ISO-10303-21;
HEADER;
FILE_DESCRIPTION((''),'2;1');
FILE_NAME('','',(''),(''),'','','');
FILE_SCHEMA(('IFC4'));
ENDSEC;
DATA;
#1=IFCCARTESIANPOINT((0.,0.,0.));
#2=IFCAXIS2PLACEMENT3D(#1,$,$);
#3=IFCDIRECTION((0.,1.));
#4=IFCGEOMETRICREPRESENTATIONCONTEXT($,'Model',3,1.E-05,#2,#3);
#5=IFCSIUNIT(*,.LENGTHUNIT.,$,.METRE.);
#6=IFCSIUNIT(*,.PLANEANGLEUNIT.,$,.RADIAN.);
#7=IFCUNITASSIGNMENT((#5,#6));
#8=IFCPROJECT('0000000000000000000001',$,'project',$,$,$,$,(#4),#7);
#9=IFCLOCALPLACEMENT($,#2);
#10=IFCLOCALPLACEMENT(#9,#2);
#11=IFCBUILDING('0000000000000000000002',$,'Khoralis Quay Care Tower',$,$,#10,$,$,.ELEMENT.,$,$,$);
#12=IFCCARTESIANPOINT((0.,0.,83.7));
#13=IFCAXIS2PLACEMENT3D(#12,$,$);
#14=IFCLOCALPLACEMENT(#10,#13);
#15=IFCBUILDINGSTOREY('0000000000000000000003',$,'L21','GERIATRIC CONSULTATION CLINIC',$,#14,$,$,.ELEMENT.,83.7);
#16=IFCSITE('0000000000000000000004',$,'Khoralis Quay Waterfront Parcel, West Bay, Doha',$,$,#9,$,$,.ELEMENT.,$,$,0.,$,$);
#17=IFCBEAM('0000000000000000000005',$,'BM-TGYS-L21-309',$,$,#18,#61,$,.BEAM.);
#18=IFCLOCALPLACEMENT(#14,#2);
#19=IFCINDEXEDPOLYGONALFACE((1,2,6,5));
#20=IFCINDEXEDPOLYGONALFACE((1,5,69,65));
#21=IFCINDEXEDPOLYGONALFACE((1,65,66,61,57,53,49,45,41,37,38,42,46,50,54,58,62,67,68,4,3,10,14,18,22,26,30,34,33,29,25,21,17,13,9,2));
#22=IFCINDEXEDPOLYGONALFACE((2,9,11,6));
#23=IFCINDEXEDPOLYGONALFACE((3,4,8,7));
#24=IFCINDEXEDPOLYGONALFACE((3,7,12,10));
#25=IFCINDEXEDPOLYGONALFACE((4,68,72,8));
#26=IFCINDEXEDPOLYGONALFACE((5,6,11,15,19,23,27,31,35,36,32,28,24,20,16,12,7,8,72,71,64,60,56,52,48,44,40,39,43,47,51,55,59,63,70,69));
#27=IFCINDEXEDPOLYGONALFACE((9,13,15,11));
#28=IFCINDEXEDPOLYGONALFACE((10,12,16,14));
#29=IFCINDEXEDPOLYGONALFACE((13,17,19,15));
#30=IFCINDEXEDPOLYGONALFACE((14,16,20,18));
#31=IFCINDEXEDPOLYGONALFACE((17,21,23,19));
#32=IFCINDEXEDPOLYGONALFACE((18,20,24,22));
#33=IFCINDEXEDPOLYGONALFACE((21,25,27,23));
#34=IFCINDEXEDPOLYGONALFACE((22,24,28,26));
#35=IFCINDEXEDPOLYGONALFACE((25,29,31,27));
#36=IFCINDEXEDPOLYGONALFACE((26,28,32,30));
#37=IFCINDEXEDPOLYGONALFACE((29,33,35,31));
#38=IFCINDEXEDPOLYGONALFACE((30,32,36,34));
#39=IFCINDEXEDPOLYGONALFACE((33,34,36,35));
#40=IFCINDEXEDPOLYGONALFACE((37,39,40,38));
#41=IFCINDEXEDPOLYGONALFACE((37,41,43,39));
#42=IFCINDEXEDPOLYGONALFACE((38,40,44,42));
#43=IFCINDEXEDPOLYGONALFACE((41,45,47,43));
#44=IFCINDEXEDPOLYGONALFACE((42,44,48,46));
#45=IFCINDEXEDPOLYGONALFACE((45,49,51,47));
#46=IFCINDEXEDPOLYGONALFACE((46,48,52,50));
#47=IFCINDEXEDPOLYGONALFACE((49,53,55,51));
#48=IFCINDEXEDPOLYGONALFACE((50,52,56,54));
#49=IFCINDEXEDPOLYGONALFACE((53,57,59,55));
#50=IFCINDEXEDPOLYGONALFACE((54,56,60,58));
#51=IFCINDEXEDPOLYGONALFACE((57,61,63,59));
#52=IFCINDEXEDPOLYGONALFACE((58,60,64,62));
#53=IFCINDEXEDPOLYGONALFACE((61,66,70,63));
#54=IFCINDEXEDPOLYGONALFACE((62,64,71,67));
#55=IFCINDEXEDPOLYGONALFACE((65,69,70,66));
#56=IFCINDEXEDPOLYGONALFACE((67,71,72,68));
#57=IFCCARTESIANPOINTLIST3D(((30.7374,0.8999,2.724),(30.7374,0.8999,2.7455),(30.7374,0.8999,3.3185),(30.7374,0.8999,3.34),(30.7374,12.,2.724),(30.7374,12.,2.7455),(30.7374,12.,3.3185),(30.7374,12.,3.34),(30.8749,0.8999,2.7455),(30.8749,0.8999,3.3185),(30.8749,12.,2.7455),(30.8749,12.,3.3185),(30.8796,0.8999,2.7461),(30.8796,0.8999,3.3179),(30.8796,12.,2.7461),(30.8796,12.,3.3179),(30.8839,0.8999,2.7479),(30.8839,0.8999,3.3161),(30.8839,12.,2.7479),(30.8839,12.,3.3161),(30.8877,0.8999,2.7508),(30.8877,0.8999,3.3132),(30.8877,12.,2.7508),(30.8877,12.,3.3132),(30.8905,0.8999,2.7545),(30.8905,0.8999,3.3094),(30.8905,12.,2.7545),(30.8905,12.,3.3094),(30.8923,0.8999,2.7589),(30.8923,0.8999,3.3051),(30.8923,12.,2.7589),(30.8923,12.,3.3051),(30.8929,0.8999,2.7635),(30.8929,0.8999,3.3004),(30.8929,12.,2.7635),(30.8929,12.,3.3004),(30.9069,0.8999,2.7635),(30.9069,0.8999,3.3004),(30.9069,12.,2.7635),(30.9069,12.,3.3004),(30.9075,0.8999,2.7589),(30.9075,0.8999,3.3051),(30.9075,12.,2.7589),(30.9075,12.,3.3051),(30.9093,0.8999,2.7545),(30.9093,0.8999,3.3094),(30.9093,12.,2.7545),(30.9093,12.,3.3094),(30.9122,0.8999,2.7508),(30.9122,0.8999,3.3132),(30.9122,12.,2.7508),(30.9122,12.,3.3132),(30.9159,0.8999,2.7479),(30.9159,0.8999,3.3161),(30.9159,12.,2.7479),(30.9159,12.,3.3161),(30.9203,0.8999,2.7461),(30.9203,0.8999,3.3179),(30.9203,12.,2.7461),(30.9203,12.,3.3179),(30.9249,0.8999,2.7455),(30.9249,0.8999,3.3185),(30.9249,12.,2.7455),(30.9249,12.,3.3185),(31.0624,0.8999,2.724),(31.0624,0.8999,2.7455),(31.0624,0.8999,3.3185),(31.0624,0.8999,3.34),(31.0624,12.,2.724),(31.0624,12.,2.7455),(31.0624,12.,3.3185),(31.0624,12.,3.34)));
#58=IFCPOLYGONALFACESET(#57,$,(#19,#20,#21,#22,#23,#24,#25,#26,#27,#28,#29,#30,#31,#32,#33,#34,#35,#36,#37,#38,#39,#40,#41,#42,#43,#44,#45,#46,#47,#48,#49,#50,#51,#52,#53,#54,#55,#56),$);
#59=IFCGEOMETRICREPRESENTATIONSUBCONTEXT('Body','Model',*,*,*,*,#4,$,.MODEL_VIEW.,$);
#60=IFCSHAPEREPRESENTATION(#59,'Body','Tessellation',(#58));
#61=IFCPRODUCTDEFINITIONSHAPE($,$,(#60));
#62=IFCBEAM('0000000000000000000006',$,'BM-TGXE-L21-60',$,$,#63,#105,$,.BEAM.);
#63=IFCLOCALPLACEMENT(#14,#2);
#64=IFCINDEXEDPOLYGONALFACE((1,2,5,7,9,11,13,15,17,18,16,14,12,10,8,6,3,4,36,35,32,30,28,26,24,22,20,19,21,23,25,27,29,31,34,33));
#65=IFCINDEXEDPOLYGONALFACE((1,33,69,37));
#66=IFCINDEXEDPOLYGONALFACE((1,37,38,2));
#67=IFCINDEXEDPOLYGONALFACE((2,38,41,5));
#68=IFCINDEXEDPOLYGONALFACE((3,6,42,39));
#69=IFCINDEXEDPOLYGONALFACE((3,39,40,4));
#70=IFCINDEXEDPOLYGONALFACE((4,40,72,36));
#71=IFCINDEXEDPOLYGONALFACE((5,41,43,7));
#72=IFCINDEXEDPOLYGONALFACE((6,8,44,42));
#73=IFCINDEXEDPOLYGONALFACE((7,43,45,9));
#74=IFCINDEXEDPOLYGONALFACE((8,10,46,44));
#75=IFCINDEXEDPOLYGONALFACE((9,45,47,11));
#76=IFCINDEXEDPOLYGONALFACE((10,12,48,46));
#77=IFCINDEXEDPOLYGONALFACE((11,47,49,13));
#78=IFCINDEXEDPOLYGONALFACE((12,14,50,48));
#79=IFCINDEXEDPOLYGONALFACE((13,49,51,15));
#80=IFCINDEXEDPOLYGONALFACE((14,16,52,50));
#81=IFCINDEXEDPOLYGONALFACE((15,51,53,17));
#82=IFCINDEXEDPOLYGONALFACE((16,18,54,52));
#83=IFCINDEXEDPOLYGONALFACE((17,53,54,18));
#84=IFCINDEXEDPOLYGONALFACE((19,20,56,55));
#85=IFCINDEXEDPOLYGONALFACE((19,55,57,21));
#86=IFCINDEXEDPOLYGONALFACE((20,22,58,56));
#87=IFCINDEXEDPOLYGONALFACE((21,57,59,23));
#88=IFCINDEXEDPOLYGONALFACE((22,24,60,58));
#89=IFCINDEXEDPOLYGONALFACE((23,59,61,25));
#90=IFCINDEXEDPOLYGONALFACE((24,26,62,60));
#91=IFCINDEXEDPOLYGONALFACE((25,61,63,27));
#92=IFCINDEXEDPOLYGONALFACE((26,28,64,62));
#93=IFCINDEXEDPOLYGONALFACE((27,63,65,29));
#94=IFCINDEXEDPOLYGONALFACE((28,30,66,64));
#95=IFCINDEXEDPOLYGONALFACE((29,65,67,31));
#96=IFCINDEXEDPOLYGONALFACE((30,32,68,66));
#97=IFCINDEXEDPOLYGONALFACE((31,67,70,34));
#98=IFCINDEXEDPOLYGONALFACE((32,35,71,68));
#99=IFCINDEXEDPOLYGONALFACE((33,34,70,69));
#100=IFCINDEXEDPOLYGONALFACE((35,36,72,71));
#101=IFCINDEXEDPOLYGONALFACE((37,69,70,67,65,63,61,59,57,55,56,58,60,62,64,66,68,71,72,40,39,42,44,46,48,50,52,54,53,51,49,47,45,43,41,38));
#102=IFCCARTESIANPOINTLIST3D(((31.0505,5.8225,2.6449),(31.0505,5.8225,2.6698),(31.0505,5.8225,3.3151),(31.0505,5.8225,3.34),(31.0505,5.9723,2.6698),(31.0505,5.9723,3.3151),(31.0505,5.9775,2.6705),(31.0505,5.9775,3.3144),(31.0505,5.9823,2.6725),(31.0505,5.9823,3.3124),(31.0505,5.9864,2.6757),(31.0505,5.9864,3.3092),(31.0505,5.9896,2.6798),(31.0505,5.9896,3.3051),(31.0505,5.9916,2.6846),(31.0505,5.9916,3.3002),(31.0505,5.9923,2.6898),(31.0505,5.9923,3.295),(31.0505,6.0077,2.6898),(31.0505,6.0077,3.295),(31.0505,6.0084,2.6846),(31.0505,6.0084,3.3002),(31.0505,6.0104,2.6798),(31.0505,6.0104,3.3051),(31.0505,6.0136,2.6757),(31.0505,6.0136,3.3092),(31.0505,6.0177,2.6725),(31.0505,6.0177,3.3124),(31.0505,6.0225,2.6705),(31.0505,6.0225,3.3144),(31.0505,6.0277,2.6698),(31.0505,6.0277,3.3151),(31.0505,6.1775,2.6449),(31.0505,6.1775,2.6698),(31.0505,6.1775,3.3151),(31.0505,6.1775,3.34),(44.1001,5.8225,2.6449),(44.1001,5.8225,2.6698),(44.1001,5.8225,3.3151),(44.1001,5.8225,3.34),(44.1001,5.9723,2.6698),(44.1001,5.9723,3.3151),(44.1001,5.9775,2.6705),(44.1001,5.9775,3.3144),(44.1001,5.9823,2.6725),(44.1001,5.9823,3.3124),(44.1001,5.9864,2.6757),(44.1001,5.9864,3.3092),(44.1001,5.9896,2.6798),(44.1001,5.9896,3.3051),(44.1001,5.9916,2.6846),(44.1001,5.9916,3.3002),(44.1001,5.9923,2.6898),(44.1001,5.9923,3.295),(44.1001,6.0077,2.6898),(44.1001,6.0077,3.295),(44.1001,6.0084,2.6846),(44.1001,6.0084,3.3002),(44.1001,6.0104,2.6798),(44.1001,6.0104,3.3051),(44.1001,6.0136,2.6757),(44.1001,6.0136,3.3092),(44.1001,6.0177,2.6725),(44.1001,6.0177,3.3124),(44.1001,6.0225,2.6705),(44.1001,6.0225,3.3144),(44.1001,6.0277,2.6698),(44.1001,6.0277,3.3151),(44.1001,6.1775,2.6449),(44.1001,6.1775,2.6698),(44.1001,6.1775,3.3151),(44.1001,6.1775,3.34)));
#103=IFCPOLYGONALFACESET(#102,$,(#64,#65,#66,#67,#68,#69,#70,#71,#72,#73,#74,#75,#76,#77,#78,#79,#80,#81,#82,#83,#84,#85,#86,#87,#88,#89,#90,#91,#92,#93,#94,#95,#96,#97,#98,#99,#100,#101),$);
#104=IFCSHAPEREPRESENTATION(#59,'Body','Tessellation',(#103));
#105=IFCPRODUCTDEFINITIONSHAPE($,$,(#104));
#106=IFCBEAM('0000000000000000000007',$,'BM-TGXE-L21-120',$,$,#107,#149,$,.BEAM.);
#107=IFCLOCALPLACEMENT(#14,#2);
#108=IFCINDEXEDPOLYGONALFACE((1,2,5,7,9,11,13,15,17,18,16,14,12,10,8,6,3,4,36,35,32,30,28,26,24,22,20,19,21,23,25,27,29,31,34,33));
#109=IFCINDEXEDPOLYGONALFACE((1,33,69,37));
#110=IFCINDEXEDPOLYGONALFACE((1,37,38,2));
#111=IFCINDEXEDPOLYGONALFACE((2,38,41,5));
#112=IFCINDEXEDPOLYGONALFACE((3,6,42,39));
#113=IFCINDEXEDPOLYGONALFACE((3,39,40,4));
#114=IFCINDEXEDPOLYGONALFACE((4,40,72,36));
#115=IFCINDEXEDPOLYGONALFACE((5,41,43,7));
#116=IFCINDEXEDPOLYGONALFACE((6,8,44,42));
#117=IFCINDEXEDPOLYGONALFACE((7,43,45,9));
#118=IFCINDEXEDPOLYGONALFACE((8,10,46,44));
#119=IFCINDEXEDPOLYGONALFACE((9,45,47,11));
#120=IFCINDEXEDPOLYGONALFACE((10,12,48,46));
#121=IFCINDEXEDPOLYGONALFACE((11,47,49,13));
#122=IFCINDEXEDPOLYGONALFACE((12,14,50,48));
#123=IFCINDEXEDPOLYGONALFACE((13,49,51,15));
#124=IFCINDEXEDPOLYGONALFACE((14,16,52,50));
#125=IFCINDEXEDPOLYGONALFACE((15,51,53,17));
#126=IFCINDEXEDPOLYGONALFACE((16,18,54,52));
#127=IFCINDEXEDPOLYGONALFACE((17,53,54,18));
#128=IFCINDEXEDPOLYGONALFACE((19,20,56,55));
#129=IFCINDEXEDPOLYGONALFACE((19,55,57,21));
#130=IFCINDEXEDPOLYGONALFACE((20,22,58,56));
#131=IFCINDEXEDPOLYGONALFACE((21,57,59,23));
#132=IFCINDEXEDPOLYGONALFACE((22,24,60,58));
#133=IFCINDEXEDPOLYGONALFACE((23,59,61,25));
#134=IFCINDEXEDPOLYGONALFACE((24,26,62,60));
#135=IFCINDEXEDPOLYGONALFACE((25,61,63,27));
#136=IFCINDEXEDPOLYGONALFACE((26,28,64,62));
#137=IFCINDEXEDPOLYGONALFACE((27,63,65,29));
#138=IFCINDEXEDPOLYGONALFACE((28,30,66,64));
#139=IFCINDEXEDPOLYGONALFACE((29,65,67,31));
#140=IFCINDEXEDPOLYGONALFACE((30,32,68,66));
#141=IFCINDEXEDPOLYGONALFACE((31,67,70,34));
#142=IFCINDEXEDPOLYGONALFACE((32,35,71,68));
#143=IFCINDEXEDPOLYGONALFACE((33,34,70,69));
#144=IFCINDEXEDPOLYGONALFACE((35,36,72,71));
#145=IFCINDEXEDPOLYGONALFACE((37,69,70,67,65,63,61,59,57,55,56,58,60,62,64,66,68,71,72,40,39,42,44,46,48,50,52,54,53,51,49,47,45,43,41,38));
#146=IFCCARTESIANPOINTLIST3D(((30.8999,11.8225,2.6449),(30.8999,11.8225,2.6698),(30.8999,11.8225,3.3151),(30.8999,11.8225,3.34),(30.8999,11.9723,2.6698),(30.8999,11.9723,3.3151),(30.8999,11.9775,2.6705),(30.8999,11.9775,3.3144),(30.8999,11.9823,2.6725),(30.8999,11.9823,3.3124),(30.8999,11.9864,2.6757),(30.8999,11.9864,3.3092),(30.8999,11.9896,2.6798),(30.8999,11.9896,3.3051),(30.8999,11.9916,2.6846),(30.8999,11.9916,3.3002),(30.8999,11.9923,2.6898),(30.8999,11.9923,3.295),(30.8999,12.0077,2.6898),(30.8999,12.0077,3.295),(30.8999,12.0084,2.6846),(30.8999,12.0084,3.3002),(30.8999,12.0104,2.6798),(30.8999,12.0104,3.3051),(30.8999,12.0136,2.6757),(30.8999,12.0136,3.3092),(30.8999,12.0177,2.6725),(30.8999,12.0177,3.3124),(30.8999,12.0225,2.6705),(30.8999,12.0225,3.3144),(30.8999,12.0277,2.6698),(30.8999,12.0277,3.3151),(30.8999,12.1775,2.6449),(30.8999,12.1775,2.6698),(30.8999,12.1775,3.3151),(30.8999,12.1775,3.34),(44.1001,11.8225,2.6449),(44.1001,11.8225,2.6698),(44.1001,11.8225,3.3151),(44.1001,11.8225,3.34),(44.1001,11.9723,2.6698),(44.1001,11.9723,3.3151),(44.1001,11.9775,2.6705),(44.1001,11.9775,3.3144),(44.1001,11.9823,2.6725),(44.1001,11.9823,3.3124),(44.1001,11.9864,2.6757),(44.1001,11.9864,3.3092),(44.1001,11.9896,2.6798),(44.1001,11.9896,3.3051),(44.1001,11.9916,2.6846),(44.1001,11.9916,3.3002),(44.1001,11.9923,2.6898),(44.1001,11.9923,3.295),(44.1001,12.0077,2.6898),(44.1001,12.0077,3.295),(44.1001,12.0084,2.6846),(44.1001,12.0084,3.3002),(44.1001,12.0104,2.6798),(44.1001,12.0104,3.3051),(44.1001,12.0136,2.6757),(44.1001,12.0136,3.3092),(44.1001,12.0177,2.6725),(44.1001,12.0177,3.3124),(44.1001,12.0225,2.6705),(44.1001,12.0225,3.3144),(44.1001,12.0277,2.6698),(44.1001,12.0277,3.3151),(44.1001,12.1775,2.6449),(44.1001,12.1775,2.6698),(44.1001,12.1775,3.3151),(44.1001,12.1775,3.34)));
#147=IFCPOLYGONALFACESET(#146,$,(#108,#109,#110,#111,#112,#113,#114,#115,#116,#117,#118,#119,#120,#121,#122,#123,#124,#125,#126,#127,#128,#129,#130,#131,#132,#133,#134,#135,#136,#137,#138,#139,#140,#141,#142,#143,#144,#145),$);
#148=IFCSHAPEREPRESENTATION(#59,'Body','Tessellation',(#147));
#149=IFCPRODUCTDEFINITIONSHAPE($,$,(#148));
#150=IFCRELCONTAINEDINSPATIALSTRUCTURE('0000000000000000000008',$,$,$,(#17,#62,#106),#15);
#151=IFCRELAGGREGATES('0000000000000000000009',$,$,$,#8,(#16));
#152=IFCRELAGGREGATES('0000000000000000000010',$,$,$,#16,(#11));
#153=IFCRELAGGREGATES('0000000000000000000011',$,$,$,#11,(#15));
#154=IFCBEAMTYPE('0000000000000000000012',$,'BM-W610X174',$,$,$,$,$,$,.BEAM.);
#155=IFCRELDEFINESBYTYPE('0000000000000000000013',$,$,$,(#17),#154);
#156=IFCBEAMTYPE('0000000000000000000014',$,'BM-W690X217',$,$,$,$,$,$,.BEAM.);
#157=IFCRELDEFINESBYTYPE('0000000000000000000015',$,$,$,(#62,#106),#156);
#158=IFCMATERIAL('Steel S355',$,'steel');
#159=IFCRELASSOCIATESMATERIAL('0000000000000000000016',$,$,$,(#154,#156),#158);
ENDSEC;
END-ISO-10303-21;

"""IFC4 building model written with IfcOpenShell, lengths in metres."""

from ifc_helpers import new_model, si_unit, direction, frame, origin, origin_2d, place, context, subcontext, project, spatial, i_section, extrude, source, transform, mapped, material, material_profile, profile_set, type_object, element, save


model = new_model("IFC4")

# Units and contexts
model_context = context("Model", 3, precision=1e-05, world=origin(), true_north=direction((0.0, 1.0)))
body_context = subcontext(model_context, "Body", "Model", "MODEL_VIEW")
ifc_project = project(units=[si_unit("LENGTHUNIT", "METRE"), si_unit("PLANEANGLEUNIT", "RADIAN")], contexts=[model_context])

# Site, building, storey
site_placement = place(None, origin())
site = spatial("IfcSite", under=ifc_project, at=site_placement, Name="Khoralis Quay Waterfront Parcel, West Bay, Doha", CompositionType="ELEMENT", RefElevation=0.0)
building_placement = place(site_placement, origin())
building = spatial("IfcBuilding", under=site, at=building_placement, Name="Khoralis Quay Care Tower", CompositionType="ELEMENT")
storey_placement = place(building_placement, frame((0.0, 0.0, 83.7)))
storey = spatial("IfcBuildingStorey", under=building, at=storey_placement, Name="L21", Description="GERIATRIC CONSULTATION CLINIC", CompositionType="ELEMENT", Elevation=83.7)

# Beams
ifc_material_1 = material(Name="Steel S355", Category="steel")
ifc_material_profile_1 = material_profile(ifc_material_1, i_section(OverallWidth=0.325, OverallDepth=0.616, WebThickness=0.0139, FlangeThickness=0.0215, FilletRadius=0.0181, at=origin_2d()), Name="Steel S355")
ifc_profile_set_1 = profile_set([ifc_material_profile_1], Name="Steel S355")
beam_type_1 = type_object("IfcBeamType", Name="BM-W610X174", PredefinedType="BEAM", material=ifc_profile_set_1)
shared_shape_1 = source(origin(), body_context, "Body", "SweptSolid", [
    extrude(i_section(OverallWidth=0.325, OverallDepth=0.616, WebThickness=0.0139, FlangeThickness=0.0215, FilletRadius=0.0181, at=origin_2d()), origin(), (0.0, 0.0, 1.0), 11.1001),
])
for number, where, z_axis, x_axis, name in (
    (1, (30.8999, 0.8999, 3.032), (0.0, 1.0, 0.0), (-1.0, 0.0, 0.0), "BM-TGYS-L21-309"),
):
    element("IfcBeam", number, at=place(storey_placement, frame(where, z_axis=z_axis, x_axis=x_axis)), inside=storey, type_object=beam_type_1, Name=name, PredefinedType="BEAM", context=body_context, shape_type="MappedRepresentation", body=[
        mapped(shared_shape_1, transform((0.0, 0.0, 0.0), scale=1.0)),
    ])
ifc_material_profile_2 = material_profile(ifc_material_1, i_section(OverallWidth=0.355, OverallDepth=0.6951, WebThickness=0.0154, FlangeThickness=0.0249, FilletRadius=0.02, at=origin_2d()), Name="Steel S355")
ifc_profile_set_2 = profile_set([ifc_material_profile_2], Name="Steel S355")
beam_type_2 = type_object("IfcBeamType", Name="BM-W690X217", PredefinedType="BEAM", material=ifc_profile_set_2)
shared_shape_2 = source(origin(), body_context, "Body", "SweptSolid", [
    extrude(i_section(OverallWidth=0.355, OverallDepth=0.6951, WebThickness=0.0154, FlangeThickness=0.0249, FilletRadius=0.02, at=origin_2d()), origin(), (0.0, 0.0, 1.0), 13.0496),
])
beam_1_placement = place(storey_placement, frame((31.0505, 6.0, 2.9924), z_axis=(1.0, 0.0, 0.0), x_axis=(0.0, 1.0, 0.0)))
element("IfcBeam", 2, at=beam_1_placement, inside=storey, type_object=beam_type_2, Name="BM-TGXE-L21-60", PredefinedType="BEAM", context=body_context, shape_type="MappedRepresentation", body=[
    mapped(shared_shape_2, transform((0.0, 0.0, 0.0), scale=1.0)),
])
shared_shape_3 = source(origin(), body_context, "Body", "SweptSolid", [
    extrude(i_section(OverallWidth=0.355, OverallDepth=0.6951, WebThickness=0.0154, FlangeThickness=0.0249, FilletRadius=0.02, at=origin_2d()), origin(), (0.0, 0.0, 1.0), 13.2002),
])
beam_2_placement = place(storey_placement, frame((30.8999, 12.0, 2.9924), z_axis=(1.0, 0.0, 0.0), x_axis=(0.0, 1.0, 0.0)))
element("IfcBeam", 3, at=beam_2_placement, inside=storey, type_object=beam_type_2, Name="BM-TGXE-L21-120", PredefinedType="BEAM", context=body_context, shape_type="MappedRepresentation", body=[
    mapped(shared_shape_3, transform((0.0, 0.0, 0.0), scale=1.0)),
])

save(model, "model.ifc")
